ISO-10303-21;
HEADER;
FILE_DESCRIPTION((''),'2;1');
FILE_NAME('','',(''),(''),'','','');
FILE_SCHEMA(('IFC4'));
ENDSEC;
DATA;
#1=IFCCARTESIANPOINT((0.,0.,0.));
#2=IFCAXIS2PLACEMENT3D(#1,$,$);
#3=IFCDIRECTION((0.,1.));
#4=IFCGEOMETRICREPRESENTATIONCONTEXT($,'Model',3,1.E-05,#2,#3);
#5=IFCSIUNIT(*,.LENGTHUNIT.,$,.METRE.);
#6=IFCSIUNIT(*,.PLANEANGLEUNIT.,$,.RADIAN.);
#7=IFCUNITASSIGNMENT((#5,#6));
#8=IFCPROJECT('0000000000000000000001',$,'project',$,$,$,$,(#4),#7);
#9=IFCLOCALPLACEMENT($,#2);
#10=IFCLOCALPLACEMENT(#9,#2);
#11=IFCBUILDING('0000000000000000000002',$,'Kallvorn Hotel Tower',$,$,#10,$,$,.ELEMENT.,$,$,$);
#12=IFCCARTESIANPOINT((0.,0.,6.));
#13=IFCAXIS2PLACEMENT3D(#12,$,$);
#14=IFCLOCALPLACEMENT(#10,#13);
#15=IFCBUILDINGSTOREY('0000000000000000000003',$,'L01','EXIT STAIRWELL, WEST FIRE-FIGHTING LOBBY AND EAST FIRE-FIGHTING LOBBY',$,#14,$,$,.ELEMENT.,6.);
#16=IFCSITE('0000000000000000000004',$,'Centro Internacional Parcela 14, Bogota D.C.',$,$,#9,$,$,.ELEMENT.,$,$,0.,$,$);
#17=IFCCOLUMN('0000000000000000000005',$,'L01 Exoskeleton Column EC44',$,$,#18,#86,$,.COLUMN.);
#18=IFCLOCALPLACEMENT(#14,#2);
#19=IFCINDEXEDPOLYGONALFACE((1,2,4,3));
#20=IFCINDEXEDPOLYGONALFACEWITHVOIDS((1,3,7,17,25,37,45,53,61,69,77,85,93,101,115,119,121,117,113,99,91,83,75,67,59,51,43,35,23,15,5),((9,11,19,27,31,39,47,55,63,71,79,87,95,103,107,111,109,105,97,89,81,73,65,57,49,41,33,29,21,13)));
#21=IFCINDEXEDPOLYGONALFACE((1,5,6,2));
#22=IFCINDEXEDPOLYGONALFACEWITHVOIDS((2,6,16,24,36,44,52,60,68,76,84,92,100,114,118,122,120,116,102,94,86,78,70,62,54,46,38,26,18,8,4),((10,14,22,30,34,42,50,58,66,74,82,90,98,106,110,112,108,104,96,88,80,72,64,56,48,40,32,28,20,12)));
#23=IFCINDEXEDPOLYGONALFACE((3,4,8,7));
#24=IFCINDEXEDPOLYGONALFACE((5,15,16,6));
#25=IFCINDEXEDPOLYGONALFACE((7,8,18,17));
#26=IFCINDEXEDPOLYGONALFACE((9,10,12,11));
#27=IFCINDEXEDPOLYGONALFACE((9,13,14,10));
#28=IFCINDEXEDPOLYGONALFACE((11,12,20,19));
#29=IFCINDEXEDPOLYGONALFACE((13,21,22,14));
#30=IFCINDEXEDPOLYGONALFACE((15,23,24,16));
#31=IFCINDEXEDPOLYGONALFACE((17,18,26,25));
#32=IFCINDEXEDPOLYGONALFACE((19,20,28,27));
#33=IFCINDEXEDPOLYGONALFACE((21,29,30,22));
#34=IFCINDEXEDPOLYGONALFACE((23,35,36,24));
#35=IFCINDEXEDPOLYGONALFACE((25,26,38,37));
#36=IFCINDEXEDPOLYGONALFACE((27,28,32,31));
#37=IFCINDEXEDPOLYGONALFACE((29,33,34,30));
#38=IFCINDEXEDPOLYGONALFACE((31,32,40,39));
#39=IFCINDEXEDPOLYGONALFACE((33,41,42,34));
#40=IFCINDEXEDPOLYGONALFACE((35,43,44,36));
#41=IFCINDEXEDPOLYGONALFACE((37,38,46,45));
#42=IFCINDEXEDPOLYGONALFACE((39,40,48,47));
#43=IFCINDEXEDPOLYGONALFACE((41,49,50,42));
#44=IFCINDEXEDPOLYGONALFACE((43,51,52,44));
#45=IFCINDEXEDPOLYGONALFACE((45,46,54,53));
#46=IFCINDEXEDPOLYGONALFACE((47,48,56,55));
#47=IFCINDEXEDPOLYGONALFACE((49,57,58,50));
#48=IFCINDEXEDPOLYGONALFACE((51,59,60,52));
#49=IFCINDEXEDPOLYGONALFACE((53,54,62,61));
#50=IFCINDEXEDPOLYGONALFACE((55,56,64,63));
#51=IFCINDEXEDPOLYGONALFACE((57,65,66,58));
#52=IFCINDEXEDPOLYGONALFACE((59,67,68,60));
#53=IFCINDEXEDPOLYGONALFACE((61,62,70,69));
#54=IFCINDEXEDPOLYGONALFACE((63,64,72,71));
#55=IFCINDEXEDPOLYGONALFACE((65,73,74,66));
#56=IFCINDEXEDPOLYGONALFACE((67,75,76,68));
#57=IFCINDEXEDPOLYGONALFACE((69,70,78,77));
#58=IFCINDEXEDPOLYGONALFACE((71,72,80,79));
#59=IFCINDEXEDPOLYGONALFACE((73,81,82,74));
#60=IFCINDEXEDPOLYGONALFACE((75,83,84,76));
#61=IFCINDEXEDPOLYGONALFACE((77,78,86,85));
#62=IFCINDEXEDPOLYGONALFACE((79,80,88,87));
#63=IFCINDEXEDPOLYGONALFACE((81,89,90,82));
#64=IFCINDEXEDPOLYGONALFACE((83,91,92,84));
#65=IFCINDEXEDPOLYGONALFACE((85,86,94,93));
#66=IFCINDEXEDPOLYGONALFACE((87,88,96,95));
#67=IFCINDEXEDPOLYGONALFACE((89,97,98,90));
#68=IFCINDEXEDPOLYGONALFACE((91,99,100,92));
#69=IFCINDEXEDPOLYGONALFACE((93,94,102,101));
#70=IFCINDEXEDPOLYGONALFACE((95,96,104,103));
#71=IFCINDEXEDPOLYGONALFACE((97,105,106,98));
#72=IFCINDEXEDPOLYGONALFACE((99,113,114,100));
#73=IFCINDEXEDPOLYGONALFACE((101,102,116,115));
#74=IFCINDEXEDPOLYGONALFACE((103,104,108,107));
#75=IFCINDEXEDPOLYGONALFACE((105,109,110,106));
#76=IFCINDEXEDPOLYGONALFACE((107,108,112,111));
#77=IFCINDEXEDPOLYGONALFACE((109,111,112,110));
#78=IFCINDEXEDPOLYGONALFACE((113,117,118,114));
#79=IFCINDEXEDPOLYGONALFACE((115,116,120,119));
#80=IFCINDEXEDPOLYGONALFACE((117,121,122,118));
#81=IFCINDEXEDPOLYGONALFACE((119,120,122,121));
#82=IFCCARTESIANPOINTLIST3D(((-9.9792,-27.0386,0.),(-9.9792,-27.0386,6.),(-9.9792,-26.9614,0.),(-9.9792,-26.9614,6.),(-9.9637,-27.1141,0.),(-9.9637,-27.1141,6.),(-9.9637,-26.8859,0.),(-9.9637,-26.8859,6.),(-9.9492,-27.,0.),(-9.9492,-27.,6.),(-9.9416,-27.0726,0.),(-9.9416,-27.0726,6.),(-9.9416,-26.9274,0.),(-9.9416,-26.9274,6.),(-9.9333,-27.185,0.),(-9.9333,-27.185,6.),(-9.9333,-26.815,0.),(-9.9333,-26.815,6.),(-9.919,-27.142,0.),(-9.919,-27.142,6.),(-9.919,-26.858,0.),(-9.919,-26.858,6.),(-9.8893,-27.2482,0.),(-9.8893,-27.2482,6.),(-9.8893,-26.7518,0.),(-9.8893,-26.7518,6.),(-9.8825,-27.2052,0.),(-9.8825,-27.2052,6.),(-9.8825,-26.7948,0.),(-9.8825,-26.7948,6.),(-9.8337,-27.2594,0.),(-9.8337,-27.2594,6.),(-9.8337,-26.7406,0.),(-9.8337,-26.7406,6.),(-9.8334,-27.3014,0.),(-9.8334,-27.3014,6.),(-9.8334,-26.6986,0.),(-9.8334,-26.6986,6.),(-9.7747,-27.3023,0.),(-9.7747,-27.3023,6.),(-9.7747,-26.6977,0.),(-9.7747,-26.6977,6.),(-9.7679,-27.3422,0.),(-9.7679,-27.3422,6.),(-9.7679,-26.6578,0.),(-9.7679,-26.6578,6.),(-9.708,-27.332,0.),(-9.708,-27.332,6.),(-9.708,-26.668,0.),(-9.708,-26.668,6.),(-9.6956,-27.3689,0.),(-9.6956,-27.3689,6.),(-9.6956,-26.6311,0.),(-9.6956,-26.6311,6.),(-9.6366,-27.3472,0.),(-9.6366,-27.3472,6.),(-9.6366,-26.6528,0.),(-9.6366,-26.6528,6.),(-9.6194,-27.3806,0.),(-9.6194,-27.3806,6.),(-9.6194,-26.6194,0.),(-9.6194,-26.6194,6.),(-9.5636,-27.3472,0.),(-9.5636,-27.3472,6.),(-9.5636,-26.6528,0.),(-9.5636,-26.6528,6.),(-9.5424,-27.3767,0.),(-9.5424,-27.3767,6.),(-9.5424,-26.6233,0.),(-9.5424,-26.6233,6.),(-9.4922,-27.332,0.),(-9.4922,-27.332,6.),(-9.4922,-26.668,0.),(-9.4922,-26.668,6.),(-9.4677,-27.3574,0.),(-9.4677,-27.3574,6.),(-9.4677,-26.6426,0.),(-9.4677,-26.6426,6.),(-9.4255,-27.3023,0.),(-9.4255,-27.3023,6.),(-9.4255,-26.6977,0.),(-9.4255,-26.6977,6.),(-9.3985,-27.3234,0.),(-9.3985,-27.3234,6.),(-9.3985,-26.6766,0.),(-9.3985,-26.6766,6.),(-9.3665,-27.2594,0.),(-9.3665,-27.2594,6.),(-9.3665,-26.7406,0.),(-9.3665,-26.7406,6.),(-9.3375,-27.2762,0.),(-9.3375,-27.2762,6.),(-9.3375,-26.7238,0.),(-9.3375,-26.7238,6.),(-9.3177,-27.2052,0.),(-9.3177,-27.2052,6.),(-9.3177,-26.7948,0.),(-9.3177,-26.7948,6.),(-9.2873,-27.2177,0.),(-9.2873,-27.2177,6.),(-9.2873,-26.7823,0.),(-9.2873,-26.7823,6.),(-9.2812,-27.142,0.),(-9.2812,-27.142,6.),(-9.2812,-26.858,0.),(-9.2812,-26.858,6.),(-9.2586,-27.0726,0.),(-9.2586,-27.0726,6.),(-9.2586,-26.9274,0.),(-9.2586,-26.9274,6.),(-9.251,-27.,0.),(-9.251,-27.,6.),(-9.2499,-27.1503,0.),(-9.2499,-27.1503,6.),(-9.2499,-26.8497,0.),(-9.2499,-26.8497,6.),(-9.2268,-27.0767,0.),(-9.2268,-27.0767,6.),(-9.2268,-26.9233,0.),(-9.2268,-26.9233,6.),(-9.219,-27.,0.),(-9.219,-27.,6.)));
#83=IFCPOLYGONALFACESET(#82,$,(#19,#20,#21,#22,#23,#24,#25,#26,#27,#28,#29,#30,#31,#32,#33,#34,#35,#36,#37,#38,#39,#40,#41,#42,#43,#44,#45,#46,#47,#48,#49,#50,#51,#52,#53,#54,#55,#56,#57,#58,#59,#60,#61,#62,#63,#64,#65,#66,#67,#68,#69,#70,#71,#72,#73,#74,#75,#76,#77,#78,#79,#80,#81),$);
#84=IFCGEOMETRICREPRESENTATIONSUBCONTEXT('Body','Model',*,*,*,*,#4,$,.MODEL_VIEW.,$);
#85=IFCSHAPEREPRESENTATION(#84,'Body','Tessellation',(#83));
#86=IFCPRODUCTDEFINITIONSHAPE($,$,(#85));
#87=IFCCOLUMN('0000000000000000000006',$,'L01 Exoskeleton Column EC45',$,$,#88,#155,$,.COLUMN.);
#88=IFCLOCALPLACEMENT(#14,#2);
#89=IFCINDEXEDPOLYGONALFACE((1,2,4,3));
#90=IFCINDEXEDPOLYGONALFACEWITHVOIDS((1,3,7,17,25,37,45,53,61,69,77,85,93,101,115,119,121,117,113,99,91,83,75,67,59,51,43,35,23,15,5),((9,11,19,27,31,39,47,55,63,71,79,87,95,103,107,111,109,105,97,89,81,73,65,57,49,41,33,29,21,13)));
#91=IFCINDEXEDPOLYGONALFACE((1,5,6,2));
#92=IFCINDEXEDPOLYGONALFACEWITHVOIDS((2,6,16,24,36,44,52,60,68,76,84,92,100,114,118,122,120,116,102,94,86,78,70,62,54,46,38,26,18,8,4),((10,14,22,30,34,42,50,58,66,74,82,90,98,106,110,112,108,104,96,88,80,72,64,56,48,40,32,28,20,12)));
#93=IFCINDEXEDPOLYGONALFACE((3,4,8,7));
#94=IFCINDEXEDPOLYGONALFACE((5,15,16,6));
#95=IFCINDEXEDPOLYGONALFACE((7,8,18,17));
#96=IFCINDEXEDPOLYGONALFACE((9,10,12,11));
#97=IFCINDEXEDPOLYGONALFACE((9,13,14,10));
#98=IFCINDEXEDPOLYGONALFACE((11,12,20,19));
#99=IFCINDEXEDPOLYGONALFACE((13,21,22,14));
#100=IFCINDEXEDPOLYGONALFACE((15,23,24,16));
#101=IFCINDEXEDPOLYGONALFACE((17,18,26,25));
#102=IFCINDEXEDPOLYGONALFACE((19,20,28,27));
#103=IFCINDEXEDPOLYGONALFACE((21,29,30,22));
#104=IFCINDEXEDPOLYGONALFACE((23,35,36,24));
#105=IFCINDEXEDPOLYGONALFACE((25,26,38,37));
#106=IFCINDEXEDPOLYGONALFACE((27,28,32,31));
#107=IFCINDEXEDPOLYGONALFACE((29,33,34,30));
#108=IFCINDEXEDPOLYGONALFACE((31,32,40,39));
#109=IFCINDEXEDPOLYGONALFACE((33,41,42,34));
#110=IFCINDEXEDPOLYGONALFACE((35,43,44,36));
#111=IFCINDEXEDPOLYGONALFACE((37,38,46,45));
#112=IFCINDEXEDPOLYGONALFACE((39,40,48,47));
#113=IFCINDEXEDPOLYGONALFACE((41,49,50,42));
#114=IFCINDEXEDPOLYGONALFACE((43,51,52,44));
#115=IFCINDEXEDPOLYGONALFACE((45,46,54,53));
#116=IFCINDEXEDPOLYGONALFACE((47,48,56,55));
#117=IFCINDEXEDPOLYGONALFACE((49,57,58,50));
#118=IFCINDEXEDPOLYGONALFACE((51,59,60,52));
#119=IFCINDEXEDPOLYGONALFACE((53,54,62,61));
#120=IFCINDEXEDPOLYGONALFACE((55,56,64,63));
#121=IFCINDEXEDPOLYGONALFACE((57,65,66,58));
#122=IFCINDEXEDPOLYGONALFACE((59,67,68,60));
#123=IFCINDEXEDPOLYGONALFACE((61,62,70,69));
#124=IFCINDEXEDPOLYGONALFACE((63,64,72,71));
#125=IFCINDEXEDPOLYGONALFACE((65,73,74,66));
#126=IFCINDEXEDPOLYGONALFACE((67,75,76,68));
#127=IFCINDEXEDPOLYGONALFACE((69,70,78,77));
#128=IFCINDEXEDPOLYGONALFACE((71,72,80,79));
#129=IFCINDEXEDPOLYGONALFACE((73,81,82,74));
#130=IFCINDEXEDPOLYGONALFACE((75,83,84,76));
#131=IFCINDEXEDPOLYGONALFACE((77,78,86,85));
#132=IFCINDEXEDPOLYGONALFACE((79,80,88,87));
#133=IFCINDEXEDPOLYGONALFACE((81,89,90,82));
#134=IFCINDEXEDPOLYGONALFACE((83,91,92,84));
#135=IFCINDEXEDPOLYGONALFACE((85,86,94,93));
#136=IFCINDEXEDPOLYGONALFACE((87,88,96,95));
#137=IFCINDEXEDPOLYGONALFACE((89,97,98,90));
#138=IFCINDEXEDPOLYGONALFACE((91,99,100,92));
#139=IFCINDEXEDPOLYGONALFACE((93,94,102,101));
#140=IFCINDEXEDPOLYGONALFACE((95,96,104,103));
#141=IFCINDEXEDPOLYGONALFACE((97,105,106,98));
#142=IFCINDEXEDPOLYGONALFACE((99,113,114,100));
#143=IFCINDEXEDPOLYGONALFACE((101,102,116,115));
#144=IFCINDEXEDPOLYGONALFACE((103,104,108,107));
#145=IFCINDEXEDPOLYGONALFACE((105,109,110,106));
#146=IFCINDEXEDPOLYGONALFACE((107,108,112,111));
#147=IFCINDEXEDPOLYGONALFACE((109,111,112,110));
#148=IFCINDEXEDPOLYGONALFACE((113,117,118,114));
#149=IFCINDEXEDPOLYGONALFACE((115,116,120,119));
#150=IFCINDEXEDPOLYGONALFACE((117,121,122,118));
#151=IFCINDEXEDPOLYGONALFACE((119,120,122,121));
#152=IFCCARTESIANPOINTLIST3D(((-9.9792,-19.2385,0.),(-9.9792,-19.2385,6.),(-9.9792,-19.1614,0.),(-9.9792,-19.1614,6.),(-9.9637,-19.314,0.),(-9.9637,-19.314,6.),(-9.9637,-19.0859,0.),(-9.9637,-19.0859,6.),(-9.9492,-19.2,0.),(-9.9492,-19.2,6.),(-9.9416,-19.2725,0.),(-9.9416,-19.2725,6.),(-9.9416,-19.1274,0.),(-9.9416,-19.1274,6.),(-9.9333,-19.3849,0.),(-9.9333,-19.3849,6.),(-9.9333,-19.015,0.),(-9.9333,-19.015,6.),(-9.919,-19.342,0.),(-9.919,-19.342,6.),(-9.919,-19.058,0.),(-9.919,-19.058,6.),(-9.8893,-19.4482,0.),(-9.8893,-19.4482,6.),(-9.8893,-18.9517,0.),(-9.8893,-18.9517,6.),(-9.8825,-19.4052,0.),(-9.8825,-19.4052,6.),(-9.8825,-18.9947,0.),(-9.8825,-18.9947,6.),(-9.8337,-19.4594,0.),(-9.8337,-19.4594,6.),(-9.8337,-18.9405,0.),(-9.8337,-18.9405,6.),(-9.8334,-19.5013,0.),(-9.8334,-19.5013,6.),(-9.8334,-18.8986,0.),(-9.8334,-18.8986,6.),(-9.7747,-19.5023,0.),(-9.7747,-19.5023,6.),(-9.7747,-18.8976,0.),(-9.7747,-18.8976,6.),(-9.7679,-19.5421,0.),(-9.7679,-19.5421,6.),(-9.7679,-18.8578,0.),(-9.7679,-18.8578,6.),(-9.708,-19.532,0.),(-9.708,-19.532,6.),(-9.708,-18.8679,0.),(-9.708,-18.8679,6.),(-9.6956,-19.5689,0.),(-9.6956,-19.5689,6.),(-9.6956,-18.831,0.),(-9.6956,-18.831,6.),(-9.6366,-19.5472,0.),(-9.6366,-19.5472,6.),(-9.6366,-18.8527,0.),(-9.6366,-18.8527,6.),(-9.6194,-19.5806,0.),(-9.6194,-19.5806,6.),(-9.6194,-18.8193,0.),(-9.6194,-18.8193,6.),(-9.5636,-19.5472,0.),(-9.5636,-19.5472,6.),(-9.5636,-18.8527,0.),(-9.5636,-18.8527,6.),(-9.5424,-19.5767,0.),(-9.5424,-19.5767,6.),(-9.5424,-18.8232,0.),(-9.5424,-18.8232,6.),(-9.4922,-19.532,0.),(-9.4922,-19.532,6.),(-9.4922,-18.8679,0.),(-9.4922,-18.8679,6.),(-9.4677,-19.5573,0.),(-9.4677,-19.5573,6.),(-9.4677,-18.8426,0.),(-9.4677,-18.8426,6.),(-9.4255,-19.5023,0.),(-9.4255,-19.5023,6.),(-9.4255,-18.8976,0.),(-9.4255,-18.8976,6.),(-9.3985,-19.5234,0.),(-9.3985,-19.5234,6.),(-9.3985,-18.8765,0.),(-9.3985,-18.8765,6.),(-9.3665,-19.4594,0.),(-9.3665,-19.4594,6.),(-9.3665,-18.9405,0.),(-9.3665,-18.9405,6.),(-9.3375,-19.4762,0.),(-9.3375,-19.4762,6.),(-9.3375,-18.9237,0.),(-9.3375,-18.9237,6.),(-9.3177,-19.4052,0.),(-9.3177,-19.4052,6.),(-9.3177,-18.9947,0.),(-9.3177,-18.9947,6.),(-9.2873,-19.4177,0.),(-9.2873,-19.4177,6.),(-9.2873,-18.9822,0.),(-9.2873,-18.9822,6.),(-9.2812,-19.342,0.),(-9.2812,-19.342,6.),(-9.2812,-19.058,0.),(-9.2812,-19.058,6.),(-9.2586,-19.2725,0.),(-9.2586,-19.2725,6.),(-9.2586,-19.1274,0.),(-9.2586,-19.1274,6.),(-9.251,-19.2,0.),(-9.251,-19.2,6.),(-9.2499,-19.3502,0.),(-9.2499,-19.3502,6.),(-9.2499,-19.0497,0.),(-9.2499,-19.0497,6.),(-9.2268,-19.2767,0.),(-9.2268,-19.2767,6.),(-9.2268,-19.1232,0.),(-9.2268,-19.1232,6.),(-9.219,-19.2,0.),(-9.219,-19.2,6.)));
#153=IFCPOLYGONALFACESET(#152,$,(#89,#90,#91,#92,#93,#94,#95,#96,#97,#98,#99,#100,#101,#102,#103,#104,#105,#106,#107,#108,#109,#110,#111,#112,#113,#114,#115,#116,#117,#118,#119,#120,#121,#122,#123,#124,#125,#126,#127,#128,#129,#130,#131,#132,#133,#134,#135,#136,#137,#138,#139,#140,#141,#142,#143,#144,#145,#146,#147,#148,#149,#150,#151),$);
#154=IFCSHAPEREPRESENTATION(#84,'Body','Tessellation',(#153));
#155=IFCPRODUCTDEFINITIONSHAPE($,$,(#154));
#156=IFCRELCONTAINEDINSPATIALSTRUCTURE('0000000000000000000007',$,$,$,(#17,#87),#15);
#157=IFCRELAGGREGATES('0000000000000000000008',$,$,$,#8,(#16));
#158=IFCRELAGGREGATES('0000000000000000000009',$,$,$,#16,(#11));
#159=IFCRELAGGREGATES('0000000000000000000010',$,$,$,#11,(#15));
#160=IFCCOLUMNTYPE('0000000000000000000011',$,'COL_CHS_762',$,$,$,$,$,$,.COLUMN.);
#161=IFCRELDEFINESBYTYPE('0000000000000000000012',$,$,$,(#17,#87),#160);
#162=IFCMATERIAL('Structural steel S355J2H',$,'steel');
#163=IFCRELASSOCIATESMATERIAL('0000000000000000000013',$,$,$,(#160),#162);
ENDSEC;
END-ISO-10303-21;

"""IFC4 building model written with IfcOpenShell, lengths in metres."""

from ifc_helpers import new_model, si_unit, direction, frame, origin, origin_2d, place, context, subcontext, project, spatial, hollow_circle, extrude, material, material_profile, profile_set, type_object, element, save


model = new_model("IFC4")

# Units and contexts
model_context = context("Model", 3, precision=1e-05, world=origin(), true_north=direction((0.0, 1.0)))
body_context = subcontext(model_context, "Body", "Model", "MODEL_VIEW")
ifc_project = project(units=[si_unit("LENGTHUNIT", "METRE"), si_unit("PLANEANGLEUNIT", "RADIAN")], contexts=[model_context])

# Site, building, storey
site_placement = place(None, origin())
site = spatial("IfcSite", under=ifc_project, at=site_placement, Name="Centro Internacional Parcela 14, Bogota D.C.", CompositionType="ELEMENT", RefElevation=0.0)
building_placement = place(site_placement, origin())
building = spatial("IfcBuilding", under=site, at=building_placement, Name="Kallvorn Hotel Tower", CompositionType="ELEMENT")
storey_placement = place(building_placement, frame((0.0, 0.0, 6.0)))
storey = spatial("IfcBuildingStorey", under=building, at=storey_placement, Name="L01", Description="EXIT STAIRWELL, WEST FIRE-FIGHTING LOBBY AND EAST FIRE-FIGHTING LOBBY", CompositionType="ELEMENT", Elevation=6.0)

# Columns
ifc_material_1 = material(Name="Structural steel S355J2H", Category="steel")
ifc_material_profile_1 = material_profile(ifc_material_1, hollow_circle(Radius=0.3811, WallThickness=0.032, at=origin_2d()), Name="CHS 762x32")
ifc_profile_set_1 = profile_set([ifc_material_profile_1], Name="Structural steel S355J2H")
column_type_1 = type_object("IfcColumnType", Name="COL_CHS_762", PredefinedType="COLUMN", material=ifc_profile_set_1)
for number, where, z_axis, x_axis, name in (
    (1, (-9.6001, -27.0, 0.0), (0.0, 0.0, 1.0), (1.0, 0.0, 0.0), "L01 Exoskeleton Column EC44"),
    (2, (-9.6001, -19.2, 0.0), (0.0, 0.0, 1.0), (1.0, 0.0, 0.0), "L01 Exoskeleton Column EC45"),
):
    element("IfcColumn", number, at=place(storey_placement, frame(where, z_axis=z_axis, x_axis=x_axis)), inside=storey, type_object=column_type_1, Name=name, PredefinedType="COLUMN", context=body_context, shape_type="SweptSolid", body=[
        extrude(hollow_circle(Radius=0.3811, WallThickness=0.032, at=origin_2d()), origin(), (0.0, 0.0, 1.0), 6.0),
    ])

save(model, "model.ifc")
